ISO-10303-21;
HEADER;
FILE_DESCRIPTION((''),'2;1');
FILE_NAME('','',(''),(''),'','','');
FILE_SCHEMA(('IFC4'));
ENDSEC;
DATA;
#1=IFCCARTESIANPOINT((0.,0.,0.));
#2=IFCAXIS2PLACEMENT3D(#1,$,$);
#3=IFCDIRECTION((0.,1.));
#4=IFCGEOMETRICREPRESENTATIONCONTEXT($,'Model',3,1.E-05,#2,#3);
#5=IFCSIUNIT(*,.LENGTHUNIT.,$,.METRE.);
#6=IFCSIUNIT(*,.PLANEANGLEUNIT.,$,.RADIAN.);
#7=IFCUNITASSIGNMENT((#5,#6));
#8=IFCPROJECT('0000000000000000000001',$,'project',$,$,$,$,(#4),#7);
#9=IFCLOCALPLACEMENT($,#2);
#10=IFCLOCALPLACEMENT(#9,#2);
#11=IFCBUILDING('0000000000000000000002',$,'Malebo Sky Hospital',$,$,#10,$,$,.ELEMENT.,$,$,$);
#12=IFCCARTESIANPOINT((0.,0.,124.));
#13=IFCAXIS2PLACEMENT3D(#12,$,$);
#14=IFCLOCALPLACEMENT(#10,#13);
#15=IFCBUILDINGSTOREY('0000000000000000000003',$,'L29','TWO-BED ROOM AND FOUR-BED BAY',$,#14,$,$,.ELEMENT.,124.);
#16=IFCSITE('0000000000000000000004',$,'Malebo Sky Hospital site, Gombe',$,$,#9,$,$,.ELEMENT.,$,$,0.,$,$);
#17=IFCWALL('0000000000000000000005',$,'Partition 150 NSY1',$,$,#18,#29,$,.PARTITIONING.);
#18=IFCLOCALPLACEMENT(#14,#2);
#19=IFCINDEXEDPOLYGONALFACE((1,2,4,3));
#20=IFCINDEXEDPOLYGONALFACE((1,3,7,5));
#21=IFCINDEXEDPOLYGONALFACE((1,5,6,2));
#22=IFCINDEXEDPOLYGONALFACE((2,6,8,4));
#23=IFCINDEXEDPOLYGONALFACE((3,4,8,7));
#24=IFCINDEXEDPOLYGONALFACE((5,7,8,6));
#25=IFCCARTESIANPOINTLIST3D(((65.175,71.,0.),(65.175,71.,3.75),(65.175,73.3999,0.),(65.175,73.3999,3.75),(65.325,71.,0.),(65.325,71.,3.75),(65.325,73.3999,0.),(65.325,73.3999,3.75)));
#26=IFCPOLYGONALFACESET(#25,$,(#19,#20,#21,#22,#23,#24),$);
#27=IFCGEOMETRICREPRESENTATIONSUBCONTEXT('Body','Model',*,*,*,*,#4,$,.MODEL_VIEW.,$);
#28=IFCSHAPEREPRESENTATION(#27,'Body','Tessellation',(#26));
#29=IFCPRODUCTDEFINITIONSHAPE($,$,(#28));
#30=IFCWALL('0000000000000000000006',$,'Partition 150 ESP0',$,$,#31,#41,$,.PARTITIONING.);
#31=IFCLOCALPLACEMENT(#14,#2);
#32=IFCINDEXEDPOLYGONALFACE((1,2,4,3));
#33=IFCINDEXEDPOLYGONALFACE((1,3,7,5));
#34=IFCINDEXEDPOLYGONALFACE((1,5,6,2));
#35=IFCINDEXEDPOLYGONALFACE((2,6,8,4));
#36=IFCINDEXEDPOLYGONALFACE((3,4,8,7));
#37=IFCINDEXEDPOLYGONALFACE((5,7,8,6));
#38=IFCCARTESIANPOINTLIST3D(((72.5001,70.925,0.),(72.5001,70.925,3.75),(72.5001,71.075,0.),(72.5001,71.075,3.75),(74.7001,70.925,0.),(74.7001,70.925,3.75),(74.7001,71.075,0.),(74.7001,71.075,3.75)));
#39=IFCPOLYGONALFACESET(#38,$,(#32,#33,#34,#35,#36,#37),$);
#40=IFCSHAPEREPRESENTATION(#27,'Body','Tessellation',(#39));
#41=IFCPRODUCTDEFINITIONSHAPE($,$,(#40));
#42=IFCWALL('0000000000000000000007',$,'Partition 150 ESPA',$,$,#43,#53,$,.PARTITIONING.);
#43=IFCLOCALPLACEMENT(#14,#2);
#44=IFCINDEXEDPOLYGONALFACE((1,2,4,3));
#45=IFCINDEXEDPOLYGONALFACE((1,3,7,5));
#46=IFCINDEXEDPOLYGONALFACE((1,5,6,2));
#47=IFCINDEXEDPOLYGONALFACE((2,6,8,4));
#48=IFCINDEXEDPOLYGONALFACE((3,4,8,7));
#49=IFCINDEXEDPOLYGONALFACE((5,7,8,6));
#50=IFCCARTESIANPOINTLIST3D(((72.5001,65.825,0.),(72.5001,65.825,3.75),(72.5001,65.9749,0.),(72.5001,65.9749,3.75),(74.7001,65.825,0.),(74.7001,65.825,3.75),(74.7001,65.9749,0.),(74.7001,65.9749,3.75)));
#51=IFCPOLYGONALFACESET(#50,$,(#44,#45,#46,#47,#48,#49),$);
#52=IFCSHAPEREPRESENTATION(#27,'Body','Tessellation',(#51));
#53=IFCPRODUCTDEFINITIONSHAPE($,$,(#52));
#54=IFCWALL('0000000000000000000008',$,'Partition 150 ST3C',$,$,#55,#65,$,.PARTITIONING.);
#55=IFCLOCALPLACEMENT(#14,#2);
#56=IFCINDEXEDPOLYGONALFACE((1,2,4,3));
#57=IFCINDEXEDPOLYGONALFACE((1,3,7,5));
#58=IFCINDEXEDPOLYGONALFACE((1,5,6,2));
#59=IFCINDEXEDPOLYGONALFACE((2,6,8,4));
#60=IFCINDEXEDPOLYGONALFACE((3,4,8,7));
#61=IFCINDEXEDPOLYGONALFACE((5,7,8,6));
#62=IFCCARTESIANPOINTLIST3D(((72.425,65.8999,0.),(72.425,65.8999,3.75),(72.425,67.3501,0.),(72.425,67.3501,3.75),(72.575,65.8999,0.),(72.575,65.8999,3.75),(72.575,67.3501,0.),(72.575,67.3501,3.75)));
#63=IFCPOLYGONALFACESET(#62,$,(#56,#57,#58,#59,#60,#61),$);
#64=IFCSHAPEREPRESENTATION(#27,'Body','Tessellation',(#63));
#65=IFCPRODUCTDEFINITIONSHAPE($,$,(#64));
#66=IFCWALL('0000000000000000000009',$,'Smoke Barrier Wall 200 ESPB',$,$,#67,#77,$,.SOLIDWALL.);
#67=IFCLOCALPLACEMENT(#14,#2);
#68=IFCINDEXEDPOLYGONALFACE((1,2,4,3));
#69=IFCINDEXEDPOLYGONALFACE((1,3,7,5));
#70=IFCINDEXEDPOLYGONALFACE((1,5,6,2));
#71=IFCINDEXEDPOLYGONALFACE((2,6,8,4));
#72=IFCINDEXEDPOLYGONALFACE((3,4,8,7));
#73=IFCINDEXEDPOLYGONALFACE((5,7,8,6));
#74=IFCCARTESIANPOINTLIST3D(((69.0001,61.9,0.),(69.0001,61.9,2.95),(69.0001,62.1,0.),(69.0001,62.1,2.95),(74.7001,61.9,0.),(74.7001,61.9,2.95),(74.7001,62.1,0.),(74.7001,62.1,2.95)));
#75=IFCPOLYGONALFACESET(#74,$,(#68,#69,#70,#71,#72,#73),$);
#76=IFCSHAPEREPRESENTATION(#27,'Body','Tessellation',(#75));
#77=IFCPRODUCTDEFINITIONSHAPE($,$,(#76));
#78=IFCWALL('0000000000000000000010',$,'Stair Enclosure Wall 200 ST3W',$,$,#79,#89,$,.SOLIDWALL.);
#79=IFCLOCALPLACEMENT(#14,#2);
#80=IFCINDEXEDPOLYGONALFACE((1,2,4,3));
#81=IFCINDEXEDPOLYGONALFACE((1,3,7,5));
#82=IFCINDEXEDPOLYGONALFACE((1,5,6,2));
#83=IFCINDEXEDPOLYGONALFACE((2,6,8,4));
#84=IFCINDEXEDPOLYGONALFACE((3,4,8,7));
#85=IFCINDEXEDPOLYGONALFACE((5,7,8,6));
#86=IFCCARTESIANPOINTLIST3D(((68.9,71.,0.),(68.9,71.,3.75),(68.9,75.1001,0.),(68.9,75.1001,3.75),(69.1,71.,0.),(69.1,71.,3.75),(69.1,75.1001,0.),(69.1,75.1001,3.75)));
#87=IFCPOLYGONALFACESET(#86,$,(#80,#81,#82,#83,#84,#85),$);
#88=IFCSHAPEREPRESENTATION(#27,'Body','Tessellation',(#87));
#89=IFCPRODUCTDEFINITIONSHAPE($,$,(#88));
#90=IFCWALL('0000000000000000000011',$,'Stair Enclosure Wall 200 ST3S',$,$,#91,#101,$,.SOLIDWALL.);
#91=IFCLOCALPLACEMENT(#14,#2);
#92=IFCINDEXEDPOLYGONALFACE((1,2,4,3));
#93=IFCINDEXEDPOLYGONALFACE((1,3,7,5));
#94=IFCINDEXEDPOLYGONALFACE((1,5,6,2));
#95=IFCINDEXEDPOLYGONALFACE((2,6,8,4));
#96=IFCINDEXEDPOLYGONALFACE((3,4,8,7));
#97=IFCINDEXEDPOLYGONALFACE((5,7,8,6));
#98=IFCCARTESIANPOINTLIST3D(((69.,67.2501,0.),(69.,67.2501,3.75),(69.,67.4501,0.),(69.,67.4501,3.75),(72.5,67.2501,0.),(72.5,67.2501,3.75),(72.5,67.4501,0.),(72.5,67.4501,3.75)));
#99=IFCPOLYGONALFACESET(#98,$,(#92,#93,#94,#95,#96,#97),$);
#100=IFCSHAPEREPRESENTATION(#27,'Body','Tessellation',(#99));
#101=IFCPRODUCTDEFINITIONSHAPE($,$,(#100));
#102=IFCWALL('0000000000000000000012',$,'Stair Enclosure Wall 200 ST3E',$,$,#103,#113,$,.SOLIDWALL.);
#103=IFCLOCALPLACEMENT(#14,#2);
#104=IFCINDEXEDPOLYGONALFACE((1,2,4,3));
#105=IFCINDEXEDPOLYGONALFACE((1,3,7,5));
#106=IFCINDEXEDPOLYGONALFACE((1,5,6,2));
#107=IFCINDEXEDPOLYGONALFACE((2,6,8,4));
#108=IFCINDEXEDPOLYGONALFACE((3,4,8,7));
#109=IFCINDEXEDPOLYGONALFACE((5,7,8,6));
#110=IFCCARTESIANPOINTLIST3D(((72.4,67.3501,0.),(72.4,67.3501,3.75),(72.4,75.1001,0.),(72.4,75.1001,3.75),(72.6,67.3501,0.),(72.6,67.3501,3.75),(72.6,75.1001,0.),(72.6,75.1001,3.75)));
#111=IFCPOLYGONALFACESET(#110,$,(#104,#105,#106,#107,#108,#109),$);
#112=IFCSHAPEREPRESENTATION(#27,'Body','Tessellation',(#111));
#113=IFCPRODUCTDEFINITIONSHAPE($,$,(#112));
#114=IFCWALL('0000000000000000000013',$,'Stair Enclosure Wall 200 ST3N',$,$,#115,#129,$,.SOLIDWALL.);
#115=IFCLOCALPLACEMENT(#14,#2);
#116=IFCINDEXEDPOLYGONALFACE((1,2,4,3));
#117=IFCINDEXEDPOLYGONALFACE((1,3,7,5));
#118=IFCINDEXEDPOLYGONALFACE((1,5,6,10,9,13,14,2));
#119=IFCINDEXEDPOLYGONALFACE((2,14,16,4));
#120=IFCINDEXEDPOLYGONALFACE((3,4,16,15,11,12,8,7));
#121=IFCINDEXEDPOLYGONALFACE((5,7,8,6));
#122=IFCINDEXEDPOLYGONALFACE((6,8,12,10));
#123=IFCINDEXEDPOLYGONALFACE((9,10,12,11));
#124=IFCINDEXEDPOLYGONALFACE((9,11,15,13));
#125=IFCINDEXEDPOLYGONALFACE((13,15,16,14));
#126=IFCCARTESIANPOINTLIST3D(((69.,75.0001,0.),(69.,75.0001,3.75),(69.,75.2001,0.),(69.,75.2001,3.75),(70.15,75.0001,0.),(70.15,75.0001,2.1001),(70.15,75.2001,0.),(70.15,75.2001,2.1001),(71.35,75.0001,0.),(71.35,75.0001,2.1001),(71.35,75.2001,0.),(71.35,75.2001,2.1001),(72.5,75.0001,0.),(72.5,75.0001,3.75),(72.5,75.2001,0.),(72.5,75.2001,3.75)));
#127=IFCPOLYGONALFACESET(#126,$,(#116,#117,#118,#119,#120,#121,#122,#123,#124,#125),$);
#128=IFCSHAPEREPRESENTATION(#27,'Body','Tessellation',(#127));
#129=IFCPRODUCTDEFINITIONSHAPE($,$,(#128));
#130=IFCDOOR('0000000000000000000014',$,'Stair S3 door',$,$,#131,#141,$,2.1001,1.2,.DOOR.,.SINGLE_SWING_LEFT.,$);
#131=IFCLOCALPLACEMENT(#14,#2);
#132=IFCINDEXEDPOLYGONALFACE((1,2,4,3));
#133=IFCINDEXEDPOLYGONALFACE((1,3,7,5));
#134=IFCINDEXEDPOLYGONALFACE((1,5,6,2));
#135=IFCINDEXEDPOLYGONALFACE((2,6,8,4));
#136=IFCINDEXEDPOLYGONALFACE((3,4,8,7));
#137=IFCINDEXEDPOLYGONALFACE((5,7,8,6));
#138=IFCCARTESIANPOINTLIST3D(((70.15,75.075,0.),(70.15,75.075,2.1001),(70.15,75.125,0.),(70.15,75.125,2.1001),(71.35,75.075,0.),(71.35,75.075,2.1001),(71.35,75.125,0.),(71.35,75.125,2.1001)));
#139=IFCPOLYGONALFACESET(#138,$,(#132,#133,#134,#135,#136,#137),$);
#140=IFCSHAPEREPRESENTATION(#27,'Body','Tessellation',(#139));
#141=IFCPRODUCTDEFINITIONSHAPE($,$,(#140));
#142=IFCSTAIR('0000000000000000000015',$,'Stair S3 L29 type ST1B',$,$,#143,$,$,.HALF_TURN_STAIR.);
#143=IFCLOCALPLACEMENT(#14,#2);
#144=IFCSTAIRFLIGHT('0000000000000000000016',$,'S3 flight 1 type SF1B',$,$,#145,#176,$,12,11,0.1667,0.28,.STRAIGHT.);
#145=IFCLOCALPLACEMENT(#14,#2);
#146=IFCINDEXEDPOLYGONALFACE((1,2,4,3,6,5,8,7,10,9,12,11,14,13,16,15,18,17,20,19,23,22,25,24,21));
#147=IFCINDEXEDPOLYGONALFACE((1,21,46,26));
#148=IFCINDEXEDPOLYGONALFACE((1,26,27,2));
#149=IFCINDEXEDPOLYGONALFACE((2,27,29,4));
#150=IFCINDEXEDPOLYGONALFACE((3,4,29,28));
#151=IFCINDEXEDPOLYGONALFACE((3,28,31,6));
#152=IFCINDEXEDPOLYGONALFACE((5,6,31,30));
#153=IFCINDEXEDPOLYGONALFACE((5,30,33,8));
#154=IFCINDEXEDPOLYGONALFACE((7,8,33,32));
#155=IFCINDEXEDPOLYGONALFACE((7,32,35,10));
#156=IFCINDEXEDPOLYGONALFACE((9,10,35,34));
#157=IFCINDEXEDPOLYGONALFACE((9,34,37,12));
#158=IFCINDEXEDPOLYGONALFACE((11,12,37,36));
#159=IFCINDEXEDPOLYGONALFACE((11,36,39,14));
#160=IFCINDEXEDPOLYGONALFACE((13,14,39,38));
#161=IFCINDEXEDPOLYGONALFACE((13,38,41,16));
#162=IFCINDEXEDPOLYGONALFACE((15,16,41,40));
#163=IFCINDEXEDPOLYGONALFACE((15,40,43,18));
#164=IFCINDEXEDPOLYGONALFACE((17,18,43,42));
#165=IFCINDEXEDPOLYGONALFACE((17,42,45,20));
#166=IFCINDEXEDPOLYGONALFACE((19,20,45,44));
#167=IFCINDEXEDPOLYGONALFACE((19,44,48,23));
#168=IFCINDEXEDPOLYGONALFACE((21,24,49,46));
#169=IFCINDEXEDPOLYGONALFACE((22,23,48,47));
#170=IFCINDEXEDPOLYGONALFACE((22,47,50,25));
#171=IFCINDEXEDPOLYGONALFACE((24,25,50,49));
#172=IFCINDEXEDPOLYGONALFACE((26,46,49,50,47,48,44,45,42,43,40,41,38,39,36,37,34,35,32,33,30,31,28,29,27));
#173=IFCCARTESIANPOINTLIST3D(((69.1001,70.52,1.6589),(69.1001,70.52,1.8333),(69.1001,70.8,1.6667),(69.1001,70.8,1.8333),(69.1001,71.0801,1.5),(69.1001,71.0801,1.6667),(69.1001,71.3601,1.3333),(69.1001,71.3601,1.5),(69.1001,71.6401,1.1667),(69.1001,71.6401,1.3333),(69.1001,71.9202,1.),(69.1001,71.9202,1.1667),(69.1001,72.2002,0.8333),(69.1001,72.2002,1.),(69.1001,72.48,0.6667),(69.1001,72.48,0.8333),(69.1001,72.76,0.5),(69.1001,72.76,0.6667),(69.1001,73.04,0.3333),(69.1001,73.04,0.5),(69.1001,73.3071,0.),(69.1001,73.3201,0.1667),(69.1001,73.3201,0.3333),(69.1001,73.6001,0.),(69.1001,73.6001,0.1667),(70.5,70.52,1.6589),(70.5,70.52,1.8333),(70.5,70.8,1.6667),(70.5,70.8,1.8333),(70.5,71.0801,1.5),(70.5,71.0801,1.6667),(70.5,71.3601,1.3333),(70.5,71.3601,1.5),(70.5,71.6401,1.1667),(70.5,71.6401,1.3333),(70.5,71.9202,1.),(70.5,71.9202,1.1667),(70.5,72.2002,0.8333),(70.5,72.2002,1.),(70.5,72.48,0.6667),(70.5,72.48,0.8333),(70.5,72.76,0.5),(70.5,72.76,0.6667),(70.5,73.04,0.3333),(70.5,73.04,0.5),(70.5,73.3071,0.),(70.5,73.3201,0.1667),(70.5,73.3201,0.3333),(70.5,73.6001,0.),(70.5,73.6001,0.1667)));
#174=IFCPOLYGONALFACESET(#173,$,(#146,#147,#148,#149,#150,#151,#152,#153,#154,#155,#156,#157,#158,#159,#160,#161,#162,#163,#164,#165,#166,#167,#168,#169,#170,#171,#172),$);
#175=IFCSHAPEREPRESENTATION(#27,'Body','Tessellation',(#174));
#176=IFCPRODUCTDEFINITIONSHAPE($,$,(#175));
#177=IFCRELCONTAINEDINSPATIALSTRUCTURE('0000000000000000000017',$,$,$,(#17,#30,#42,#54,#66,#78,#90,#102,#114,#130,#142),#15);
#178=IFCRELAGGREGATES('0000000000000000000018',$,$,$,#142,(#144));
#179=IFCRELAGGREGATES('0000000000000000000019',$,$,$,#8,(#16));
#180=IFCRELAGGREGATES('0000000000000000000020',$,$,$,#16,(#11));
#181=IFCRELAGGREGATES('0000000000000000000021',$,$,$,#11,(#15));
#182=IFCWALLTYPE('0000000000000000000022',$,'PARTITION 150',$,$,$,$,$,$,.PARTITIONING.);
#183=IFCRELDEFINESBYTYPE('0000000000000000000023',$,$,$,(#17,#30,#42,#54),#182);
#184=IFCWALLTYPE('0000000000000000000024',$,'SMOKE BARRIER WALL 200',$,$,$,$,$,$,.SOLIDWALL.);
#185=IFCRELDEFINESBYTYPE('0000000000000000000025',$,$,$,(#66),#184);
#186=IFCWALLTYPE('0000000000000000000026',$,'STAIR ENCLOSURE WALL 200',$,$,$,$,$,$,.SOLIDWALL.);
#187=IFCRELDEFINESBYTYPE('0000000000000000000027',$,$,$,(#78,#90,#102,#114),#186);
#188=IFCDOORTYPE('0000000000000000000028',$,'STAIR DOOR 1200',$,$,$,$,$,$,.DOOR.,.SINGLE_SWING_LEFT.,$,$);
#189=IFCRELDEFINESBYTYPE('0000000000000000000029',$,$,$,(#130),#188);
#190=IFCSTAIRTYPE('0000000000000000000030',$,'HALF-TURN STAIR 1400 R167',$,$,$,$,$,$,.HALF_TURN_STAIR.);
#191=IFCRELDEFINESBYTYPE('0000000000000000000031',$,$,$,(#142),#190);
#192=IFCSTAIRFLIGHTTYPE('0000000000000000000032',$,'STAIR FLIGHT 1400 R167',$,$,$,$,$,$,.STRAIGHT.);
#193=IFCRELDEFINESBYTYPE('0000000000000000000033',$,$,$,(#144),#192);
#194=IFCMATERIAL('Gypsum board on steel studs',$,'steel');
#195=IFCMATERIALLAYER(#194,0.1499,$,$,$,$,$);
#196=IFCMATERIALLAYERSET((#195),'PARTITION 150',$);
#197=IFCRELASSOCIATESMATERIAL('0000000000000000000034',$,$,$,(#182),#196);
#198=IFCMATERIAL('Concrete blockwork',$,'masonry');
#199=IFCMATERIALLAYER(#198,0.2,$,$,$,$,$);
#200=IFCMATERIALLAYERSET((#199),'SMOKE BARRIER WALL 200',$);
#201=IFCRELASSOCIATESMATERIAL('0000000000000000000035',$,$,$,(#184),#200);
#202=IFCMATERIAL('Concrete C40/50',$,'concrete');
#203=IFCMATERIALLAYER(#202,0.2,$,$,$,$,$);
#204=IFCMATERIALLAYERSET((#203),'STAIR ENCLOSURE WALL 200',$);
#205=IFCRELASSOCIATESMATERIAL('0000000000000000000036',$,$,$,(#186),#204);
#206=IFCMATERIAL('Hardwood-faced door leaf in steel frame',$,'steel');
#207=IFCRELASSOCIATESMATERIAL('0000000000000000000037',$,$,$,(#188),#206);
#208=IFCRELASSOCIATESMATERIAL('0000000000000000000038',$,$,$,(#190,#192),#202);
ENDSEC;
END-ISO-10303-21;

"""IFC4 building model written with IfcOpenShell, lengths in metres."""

from ifc_helpers import new_model, si_unit, direction, frame, frame_2d, origin, place, context, subcontext, project, spatial, polyline, rectangle, outline, extrude, material, layer, layer_set, type_object, element, fill, aggregate, save


model = new_model("IFC4")

# Units and contexts
model_context = context("Model", 3, precision=1e-05, world=origin(), true_north=direction((0.0, 1.0)))
body_context = subcontext(model_context, "Body", "Model", "MODEL_VIEW")
ifc_project = project(units=[si_unit("LENGTHUNIT", "METRE"), si_unit("PLANEANGLEUNIT", "RADIAN")], contexts=[model_context])

# Site, building, storey
site_placement = place(None, origin())
site = spatial("IfcSite", under=ifc_project, at=site_placement, Name="Malebo Sky Hospital site, Gombe", CompositionType="ELEMENT", RefElevation=0.0)
building_placement = place(site_placement, origin())
building = spatial("IfcBuilding", under=site, at=building_placement, Name="Malebo Sky Hospital", CompositionType="ELEMENT")
storey_placement = place(building_placement, frame((0.0, 0.0, 124.0)))
storey = spatial("IfcBuildingStorey", under=building, at=storey_placement, Name="L29", Description="TWO-BED ROOM AND FOUR-BED BAY", CompositionType="ELEMENT", Elevation=124.0)

# Shared definitions
ifc_material_1 = material(Name="Gypsum board on steel studs", Category="steel")

# Shared definitions
ifc_layer_1 = layer(ifc_material_1, 0.1499)
ifc_layer_set_1 = layer_set([ifc_layer_1], Name="PARTITION 150")
wall_type_1 = type_object("IfcWallType", Name="PARTITION 150", PredefinedType="PARTITIONING", material=ifc_layer_set_1)
ifc_material_2 = material(Name="Hardwood-faced door leaf in steel frame", Category="steel")

# Walls
wall_1_placement = place(storey_placement, frame((65.25, 71.0, 0.0), z_axis=(0.0, 0.0, 1.0), x_axis=(0.0, 1.0, 0.0)))
element("IfcWall", 1, at=wall_1_placement, inside=storey, type_object=wall_type_1, Name="Partition 150 NSY1", PredefinedType="PARTITIONING", context=body_context, shape_type="SweptSolid", body=[
    extrude(rectangle(XDim=2.3999, YDim=0.1499, at=frame_2d((1.2, 0.0))), origin(), (0.0, 0.0, 1.0), 3.75),
])
for number, where, z_axis, x_axis, name in (
    (2, (72.5, 71.0, 0.0), (0.0, 0.0, 1.0), (1.0, 0.0, 0.0), "Partition 150 ESP0"),
    (3, (72.5, 65.8999, 0.0), (0.0, 0.0, 1.0), (1.0, 0.0, 0.0), "Partition 150 ESPA"),
):
    element("IfcWall", number, at=place(storey_placement, frame(where, z_axis=z_axis, x_axis=x_axis)), inside=storey, type_object=wall_type_1, Name=name, PredefinedType="PARTITIONING", context=body_context, shape_type="SweptSolid", body=[
        extrude(rectangle(XDim=2.2, YDim=0.1499, at=frame_2d((1.1001, 0.0))), origin(), (0.0, 0.0, 1.0), 3.75),
    ])
wall_2_placement = place(storey_placement, frame((72.5, 65.8999, 0.0), z_axis=(0.0, 0.0, 1.0), x_axis=(0.0, 1.0, 0.0)))
element("IfcWall", 4, at=wall_2_placement, inside=storey, type_object=wall_type_1, Name="Partition 150 ST3C", PredefinedType="PARTITIONING", context=body_context, shape_type="SweptSolid", body=[
    extrude(rectangle(XDim=1.4502, YDim=0.1499, at=frame_2d((0.7251, 0.0))), origin(), (0.0, 0.0, 1.0), 3.75),
])
ifc_material_3 = material(Name="Concrete blockwork", Category="masonry")
ifc_layer_2 = layer(ifc_material_3, 0.2)
ifc_layer_set_2 = layer_set([ifc_layer_2], Name="SMOKE BARRIER WALL 200")
wall_type_2 = type_object("IfcWallType", Name="SMOKE BARRIER WALL 200", PredefinedType="SOLIDWALL", material=ifc_layer_set_2)
wall_3_placement = place(storey_placement, frame((69.0, 62.0, 0.0), z_axis=(0.0, 0.0, 1.0), x_axis=(1.0, 0.0, 0.0)))
element("IfcWall", 5, at=wall_3_placement, inside=storey, type_object=wall_type_2, Name="Smoke Barrier Wall 200 ESPB", PredefinedType="SOLIDWALL", context=body_context, shape_type="SweptSolid", body=[
    extrude(rectangle(XDim=5.7, YDim=0.2, at=frame_2d((2.8501, 0.0))), origin(), (0.0, 0.0, 1.0), 2.95),
])
ifc_material_4 = material(Name="Concrete C40/50", Category="concrete")
ifc_layer_3 = layer(ifc_material_4, 0.2)
ifc_layer_set_3 = layer_set([ifc_layer_3], Name="STAIR ENCLOSURE WALL 200")
wall_type_3 = type_object("IfcWallType", Name="STAIR ENCLOSURE WALL 200", PredefinedType="SOLIDWALL", material=ifc_layer_set_3)
wall_4_placement = place(storey_placement, frame((69.0, 71.0, 0.0), z_axis=(0.0, 0.0, 1.0), x_axis=(0.0, 1.0, 0.0)))
element("IfcWall", 6, at=wall_4_placement, inside=storey, type_object=wall_type_3, Name="Stair Enclosure Wall 200 ST3W", PredefinedType="SOLIDWALL", context=body_context, shape_type="SweptSolid", body=[
    extrude(rectangle(XDim=4.1001, YDim=0.2, at=frame_2d((2.05, 0.0))), origin(), (0.0, 0.0, 1.0), 3.75),
])
wall_5_placement = place(storey_placement, frame((69.0, 67.3501, 0.0), z_axis=(0.0, 0.0, 1.0), x_axis=(1.0, 0.0, 0.0)))
element("IfcWall", 7, at=wall_5_placement, inside=storey, type_object=wall_type_3, Name="Stair Enclosure Wall 200 ST3S", PredefinedType="SOLIDWALL", context=body_context, shape_type="SweptSolid", body=[
    extrude(rectangle(XDim=3.5, YDim=0.2, at=frame_2d((1.75, 0.0))), origin(), (0.0, 0.0, 1.0), 3.75),
])
wall_6_placement = place(storey_placement, frame((72.5, 67.3501, 0.0), z_axis=(0.0, 0.0, 1.0), x_axis=(0.0, 1.0, 0.0)))
element("IfcWall", 8, at=wall_6_placement, inside=storey, type_object=wall_type_3, Name="Stair Enclosure Wall 200 ST3E", PredefinedType="SOLIDWALL", context=body_context, shape_type="SweptSolid", body=[
    extrude(rectangle(XDim=7.75, YDim=0.2, at=frame_2d((3.875, 0.0))), origin(), (0.0, 0.0, 1.0), 3.75),
])

# Wall, opening, door
wall_7_placement = place(storey_placement, frame((69.0, 75.1001, 0.0), z_axis=(0.0, 0.0, 1.0), x_axis=(1.0, 0.0, 0.0)))
wall_7 = element("IfcWall", 9, at=wall_7_placement, inside=storey, type_object=wall_type_3, Name="Stair Enclosure Wall 200 ST3N", PredefinedType="SOLIDWALL", context=body_context, shape_type="SweptSolid", body=[
    extrude(rectangle(XDim=3.5, YDim=0.2, at=frame_2d((1.75, 0.0))), origin(), (0.0, 0.0, 1.0), 3.75),
])
opening_1_placement = place(wall_7_placement, frame((1.1499, 0.0, 0.0)))
opening_1 = element("IfcOpeningElement", 10, at=opening_1_placement, cuts=wall_7, PredefinedType="OPENING", context=body_context, shape_type="SweptSolid", body=[
    extrude(rectangle(XDim=1.2, YDim=2.1001, at=frame_2d((0.6001, 1.05))), frame((0.0, 0.1099, 0.0), z_axis=(0.0, -1.0, 0.0), x_axis=(1.0, 0.0, 0.0)), (0.0, 0.0, 1.0), 0.22),
])
door_type_1 = type_object("IfcDoorType", Name="STAIR DOOR 1200", OperationType="SINGLE_SWING_LEFT", PredefinedType="DOOR", material=ifc_material_2)
door_1_placement = place(opening_1_placement, origin())
door_1 = element("IfcDoor", 11, at=door_1_placement, inside=storey, type_object=door_type_1, Name="Stair S3 door", OperationType="SINGLE_SWING_LEFT", OverallHeight=2.1001, OverallWidth=1.2, PredefinedType="DOOR", context=body_context, shape_type="SweptSolid", body=[
    extrude(rectangle(XDim=1.2, YDim=2.1001, at=frame_2d((0.6001, 1.05))), frame((0.0, 0.0249, 0.0), z_axis=(0.0, -1.0, 0.0), x_axis=(1.0, 0.0, 0.0)), (0.0, 0.0, 1.0), 0.05),
])
fill(opening_1, door_1)

# Stair, stair flight
stair_type = type_object("IfcStairType", Name="HALF-TURN STAIR 1400 R167", PredefinedType="HALF_TURN_STAIR", material=ifc_material_4)
stair_placement = place(storey_placement, origin())
stair = element("IfcStair", 12, at=stair_placement, inside=storey, type_object=stair_type, Name="Stair S3 L29 type ST1B", PredefinedType="HALF_TURN_STAIR")
stair_flight_type = type_object("IfcStairFlightType", Name="STAIR FLIGHT 1400 R167", PredefinedType="STRAIGHT", material=ifc_material_4)
stair_flight_1_placement = place(storey_placement, frame((69.8, 73.6001, 0.0), z_axis=(0.0, 0.0, 1.0), x_axis=(0.0, -1.0, 0.0)))
stair_flight_1 = element("IfcStairFlight", 13, at=stair_flight_1_placement, type_object=stair_flight_type, Name="S3 flight 1 type SF1B", NumberOfRisers=12, NumberOfTreads=11, PredefinedType="STRAIGHT", RiserHeight=0.1667, TreadLength=0.28, context=body_context, shape_type="SweptSolid", body=[
    extrude(outline(polyline([(0.0, 0.0), (0.0, 0.1667), (0.28, 0.1667), (0.28, 0.3333), (0.5601, 0.3333), (0.5601, 0.5), (0.8401, 0.5), (0.8401, 0.6667), (1.1201, 0.6667), (1.1201, 0.8333), (1.3999, 0.8333), (1.3999, 1.0), (1.6799, 1.0), (1.6799, 1.1667), (1.96, 1.1667), (1.96, 1.3333), (2.24, 1.3333), (2.24, 1.5), (2.52, 1.5), (2.52, 1.6667), (2.8, 1.6667), (2.8, 1.8333), (3.0801, 1.8333), (3.0801, 2.0), (3.0801, 1.6589), (0.293, 0.0), (0.0, 0.0)])), frame((0.0, 0.7, 0.0), z_axis=(0.0, -1.0, 0.0), x_axis=(1.0, 0.0, 0.0)), (0.0, 0.0, 1.0), 1.3999),
])
aggregate(stair, [stair_flight_1])

save(model, "model.ifc")
